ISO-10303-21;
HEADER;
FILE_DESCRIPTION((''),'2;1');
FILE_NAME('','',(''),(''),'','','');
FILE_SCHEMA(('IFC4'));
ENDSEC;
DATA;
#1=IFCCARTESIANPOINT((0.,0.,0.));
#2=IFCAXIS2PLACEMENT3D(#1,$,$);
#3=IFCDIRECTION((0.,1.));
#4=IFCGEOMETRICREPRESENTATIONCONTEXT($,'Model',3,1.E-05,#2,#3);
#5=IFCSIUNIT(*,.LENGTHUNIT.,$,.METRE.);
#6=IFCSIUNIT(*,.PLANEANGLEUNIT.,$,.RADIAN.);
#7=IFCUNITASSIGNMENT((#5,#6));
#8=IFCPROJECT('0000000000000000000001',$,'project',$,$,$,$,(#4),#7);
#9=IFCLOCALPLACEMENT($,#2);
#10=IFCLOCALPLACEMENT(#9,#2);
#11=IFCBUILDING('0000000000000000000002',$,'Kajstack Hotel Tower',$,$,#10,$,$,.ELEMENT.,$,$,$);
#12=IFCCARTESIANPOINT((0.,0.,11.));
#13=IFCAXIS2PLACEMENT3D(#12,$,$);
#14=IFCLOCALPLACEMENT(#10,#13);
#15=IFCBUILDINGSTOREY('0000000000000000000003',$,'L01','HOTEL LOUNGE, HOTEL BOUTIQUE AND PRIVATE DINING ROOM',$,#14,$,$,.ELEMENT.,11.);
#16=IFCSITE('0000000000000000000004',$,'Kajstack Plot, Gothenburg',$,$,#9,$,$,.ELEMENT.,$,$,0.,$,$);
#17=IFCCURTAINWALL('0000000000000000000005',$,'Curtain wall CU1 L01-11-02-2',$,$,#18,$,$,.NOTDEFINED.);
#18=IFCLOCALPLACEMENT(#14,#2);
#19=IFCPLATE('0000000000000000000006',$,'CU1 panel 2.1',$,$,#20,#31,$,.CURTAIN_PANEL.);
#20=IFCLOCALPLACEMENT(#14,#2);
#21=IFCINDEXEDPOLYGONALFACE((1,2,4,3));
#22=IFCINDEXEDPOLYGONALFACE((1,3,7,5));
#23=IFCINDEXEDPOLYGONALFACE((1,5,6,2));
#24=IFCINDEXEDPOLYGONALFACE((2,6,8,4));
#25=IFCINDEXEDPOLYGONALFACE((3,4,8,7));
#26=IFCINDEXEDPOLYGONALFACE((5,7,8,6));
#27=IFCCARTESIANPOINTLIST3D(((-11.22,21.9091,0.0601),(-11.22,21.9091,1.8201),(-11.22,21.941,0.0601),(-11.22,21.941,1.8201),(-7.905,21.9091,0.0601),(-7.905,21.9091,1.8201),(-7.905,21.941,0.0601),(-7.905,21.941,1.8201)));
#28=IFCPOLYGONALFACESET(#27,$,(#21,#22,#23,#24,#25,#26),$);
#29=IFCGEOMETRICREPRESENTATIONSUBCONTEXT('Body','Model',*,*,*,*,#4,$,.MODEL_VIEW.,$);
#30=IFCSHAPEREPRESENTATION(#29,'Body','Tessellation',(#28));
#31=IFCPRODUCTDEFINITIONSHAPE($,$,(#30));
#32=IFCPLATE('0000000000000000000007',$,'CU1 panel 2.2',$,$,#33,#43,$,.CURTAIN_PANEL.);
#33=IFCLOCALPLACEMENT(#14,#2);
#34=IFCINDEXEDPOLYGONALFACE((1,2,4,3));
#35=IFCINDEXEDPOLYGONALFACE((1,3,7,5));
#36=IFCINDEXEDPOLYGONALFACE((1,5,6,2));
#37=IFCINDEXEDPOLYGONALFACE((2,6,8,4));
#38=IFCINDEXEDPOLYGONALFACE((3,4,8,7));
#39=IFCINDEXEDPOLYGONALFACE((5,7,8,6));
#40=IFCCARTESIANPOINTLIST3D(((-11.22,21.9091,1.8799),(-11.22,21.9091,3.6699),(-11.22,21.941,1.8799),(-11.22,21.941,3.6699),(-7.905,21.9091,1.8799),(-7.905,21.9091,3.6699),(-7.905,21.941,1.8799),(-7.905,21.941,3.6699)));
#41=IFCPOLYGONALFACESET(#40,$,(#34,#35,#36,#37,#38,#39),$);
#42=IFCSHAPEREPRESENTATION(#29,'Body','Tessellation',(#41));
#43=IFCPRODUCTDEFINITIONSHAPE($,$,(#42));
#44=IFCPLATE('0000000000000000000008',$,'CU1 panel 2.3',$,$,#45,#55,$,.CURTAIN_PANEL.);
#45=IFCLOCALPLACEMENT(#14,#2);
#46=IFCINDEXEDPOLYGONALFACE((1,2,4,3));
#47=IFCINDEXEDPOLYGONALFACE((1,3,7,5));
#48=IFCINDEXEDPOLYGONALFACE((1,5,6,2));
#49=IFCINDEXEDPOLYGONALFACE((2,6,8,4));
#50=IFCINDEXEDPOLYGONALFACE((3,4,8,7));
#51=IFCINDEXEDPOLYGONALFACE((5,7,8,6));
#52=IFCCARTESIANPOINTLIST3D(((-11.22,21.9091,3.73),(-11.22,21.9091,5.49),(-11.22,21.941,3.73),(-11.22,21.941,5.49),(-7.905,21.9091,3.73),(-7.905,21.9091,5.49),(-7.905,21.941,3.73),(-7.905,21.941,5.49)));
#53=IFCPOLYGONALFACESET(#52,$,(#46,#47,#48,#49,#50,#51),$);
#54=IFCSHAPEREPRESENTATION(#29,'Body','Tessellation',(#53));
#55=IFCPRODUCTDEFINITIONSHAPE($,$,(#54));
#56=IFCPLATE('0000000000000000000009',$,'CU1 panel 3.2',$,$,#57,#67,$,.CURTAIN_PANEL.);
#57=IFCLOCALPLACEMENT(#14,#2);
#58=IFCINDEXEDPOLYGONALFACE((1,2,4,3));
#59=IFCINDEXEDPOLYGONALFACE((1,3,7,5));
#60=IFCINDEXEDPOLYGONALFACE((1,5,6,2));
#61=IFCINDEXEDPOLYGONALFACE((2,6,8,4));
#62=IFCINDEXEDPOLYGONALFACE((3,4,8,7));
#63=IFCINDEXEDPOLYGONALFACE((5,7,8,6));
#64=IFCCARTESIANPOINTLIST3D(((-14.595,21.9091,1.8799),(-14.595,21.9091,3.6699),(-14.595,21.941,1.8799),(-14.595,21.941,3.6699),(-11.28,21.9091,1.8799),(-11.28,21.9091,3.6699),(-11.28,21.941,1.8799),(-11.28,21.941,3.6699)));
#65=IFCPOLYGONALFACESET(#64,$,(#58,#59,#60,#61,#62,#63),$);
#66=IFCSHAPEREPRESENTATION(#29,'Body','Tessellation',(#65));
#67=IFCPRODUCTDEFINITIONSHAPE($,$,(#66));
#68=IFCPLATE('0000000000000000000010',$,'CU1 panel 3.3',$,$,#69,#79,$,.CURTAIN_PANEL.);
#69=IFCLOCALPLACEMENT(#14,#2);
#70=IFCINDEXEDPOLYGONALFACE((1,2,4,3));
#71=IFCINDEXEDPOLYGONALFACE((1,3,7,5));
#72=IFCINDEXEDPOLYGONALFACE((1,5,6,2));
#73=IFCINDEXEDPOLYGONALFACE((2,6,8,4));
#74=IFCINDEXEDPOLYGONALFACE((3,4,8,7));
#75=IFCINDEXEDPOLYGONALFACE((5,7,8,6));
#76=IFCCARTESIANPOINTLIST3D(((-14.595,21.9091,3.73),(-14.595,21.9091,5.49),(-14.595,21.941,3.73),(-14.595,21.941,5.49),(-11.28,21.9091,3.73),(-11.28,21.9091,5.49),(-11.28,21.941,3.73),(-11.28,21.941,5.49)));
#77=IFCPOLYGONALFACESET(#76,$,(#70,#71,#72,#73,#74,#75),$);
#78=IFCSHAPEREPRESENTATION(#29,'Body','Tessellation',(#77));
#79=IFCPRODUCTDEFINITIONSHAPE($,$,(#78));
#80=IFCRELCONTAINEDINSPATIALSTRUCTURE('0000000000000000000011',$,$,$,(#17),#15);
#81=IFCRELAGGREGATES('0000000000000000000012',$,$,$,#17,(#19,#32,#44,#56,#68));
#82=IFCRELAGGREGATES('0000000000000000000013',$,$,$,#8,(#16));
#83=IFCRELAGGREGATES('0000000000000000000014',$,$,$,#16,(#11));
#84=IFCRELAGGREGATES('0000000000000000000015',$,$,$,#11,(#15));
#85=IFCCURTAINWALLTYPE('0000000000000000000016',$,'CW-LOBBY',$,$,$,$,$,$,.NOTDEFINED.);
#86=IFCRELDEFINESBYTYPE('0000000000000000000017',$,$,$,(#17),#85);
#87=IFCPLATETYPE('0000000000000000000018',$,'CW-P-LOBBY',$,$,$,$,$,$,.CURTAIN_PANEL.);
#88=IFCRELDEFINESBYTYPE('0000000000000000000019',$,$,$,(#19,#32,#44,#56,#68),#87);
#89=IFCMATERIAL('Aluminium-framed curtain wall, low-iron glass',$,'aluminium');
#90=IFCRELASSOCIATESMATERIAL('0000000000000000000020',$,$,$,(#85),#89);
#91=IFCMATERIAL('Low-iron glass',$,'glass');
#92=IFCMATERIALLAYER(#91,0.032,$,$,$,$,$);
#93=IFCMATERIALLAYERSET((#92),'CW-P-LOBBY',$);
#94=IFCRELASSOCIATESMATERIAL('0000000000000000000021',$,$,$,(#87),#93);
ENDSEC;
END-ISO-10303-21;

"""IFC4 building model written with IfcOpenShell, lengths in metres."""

from ifc_helpers import new_model, si_unit, direction, frame, origin, origin_2d, place, context, subcontext, project, spatial, rectangle, extrude, material, layer, layer_set, type_object, element, aggregate, save


model = new_model("IFC4")

# Units and contexts
model_context = context("Model", 3, precision=1e-05, world=origin(), true_north=direction((0.0, 1.0)))
body_context = subcontext(model_context, "Body", "Model", "MODEL_VIEW")
ifc_project = project(units=[si_unit("LENGTHUNIT", "METRE"), si_unit("PLANEANGLEUNIT", "RADIAN")], contexts=[model_context])

# Site, building, storey
site_placement = place(None, origin())
site = spatial("IfcSite", under=ifc_project, at=site_placement, Name="Kajstack Plot, Gothenburg", CompositionType="ELEMENT", RefElevation=0.0)
building_placement = place(site_placement, origin())
building = spatial("IfcBuilding", under=site, at=building_placement, Name="Kajstack Hotel Tower", CompositionType="ELEMENT")
storey_placement = place(building_placement, frame((0.0, 0.0, 11.0)))
storey = spatial("IfcBuildingStorey", under=building, at=storey_placement, Name="L01", Description="HOTEL LOUNGE, HOTEL BOUTIQUE AND PRIVATE DINING ROOM", CompositionType="ELEMENT", Elevation=11.0)

# Curtain wall
ifc_material_1 = material(Name="Aluminium-framed curtain wall, low-iron glass", Category="aluminium")
curtain_wall_type = type_object("IfcCurtainWallType", Name="CW-LOBBY", PredefinedType="NOTDEFINED", material=ifc_material_1)
curtain_wall_1_placement = place(storey_placement, origin())
curtain_wall_1 = element("IfcCurtainWall", 1, at=curtain_wall_1_placement, inside=storey, type_object=curtain_wall_type, Name="Curtain wall CU1 L01-11-02-2", PredefinedType="NOTDEFINED")

# Plates
ifc_material_2 = material(Name="Low-iron glass", Category="glass")
ifc_layer = layer(ifc_material_2, 0.032)
ifc_layer_set = layer_set([ifc_layer], Name="CW-P-LOBBY")
plate_type = type_object("IfcPlateType", Name="CW-P-LOBBY", PredefinedType="CURTAIN_PANEL", material=ifc_layer_set)
plate_1_placement = place(storey_placement, frame((-9.5625, 21.925, 0.0601), z_axis=(0.0, 0.0, 1.0), x_axis=(-1.0, 0.0, 0.0)))
plate_1 = element("IfcPlate", 2, at=plate_1_placement, type_object=plate_type, Name="CU1 panel 2.1", PredefinedType="CURTAIN_PANEL", context=body_context, shape_type="SweptSolid", body=[
    extrude(rectangle(XDim=3.3149, YDim=0.032, at=origin_2d()), origin(), (0.0, 0.0, 1.0), 1.76),
])
plate_2_placement = place(storey_placement, frame((-9.5625, 21.925, 1.8799), z_axis=(0.0, 0.0, 1.0), x_axis=(-1.0, 0.0, 0.0)))
plate_2 = element("IfcPlate", 3, at=plate_2_placement, type_object=plate_type, Name="CU1 panel 2.2", PredefinedType="CURTAIN_PANEL", context=body_context, shape_type="SweptSolid", body=[
    extrude(rectangle(XDim=3.3149, YDim=0.032, at=origin_2d()), origin(), (0.0, 0.0, 1.0), 1.79),
])
plate_3_placement = place(storey_placement, frame((-9.5625, 21.925, 3.73), z_axis=(0.0, 0.0, 1.0), x_axis=(-1.0, 0.0, 0.0)))
plate_3 = element("IfcPlate", 4, at=plate_3_placement, type_object=plate_type, Name="CU1 panel 2.3", PredefinedType="CURTAIN_PANEL", context=body_context, shape_type="SweptSolid", body=[
    extrude(rectangle(XDim=3.3149, YDim=0.032, at=origin_2d()), origin(), (0.0, 0.0, 1.0), 1.76),
])
plate_4_placement = place(storey_placement, frame((-12.9375, 21.925, 1.8799), z_axis=(0.0, 0.0, 1.0), x_axis=(-1.0, 0.0, 0.0)))
plate_4 = element("IfcPlate", 5, at=plate_4_placement, type_object=plate_type, Name="CU1 panel 3.2", PredefinedType="CURTAIN_PANEL", context=body_context, shape_type="SweptSolid", body=[
    extrude(rectangle(XDim=3.3149, YDim=0.032, at=origin_2d()), origin(), (0.0, 0.0, 1.0), 1.79),
])
plate_5_placement = place(storey_placement, frame((-12.9375, 21.925, 3.73), z_axis=(0.0, 0.0, 1.0), x_axis=(-1.0, 0.0, 0.0)))
plate_5 = element("IfcPlate", 6, at=plate_5_placement, type_object=plate_type, Name="CU1 panel 3.3", PredefinedType="CURTAIN_PANEL", context=body_context, shape_type="SweptSolid", body=[
    extrude(rectangle(XDim=3.3149, YDim=0.032, at=origin_2d()), origin(), (0.0, 0.0, 1.0), 1.76),
])
aggregate(curtain_wall_1, [plate_1, plate_2, plate_3, plate_4, plate_5])

save(model, "model.ifc")
